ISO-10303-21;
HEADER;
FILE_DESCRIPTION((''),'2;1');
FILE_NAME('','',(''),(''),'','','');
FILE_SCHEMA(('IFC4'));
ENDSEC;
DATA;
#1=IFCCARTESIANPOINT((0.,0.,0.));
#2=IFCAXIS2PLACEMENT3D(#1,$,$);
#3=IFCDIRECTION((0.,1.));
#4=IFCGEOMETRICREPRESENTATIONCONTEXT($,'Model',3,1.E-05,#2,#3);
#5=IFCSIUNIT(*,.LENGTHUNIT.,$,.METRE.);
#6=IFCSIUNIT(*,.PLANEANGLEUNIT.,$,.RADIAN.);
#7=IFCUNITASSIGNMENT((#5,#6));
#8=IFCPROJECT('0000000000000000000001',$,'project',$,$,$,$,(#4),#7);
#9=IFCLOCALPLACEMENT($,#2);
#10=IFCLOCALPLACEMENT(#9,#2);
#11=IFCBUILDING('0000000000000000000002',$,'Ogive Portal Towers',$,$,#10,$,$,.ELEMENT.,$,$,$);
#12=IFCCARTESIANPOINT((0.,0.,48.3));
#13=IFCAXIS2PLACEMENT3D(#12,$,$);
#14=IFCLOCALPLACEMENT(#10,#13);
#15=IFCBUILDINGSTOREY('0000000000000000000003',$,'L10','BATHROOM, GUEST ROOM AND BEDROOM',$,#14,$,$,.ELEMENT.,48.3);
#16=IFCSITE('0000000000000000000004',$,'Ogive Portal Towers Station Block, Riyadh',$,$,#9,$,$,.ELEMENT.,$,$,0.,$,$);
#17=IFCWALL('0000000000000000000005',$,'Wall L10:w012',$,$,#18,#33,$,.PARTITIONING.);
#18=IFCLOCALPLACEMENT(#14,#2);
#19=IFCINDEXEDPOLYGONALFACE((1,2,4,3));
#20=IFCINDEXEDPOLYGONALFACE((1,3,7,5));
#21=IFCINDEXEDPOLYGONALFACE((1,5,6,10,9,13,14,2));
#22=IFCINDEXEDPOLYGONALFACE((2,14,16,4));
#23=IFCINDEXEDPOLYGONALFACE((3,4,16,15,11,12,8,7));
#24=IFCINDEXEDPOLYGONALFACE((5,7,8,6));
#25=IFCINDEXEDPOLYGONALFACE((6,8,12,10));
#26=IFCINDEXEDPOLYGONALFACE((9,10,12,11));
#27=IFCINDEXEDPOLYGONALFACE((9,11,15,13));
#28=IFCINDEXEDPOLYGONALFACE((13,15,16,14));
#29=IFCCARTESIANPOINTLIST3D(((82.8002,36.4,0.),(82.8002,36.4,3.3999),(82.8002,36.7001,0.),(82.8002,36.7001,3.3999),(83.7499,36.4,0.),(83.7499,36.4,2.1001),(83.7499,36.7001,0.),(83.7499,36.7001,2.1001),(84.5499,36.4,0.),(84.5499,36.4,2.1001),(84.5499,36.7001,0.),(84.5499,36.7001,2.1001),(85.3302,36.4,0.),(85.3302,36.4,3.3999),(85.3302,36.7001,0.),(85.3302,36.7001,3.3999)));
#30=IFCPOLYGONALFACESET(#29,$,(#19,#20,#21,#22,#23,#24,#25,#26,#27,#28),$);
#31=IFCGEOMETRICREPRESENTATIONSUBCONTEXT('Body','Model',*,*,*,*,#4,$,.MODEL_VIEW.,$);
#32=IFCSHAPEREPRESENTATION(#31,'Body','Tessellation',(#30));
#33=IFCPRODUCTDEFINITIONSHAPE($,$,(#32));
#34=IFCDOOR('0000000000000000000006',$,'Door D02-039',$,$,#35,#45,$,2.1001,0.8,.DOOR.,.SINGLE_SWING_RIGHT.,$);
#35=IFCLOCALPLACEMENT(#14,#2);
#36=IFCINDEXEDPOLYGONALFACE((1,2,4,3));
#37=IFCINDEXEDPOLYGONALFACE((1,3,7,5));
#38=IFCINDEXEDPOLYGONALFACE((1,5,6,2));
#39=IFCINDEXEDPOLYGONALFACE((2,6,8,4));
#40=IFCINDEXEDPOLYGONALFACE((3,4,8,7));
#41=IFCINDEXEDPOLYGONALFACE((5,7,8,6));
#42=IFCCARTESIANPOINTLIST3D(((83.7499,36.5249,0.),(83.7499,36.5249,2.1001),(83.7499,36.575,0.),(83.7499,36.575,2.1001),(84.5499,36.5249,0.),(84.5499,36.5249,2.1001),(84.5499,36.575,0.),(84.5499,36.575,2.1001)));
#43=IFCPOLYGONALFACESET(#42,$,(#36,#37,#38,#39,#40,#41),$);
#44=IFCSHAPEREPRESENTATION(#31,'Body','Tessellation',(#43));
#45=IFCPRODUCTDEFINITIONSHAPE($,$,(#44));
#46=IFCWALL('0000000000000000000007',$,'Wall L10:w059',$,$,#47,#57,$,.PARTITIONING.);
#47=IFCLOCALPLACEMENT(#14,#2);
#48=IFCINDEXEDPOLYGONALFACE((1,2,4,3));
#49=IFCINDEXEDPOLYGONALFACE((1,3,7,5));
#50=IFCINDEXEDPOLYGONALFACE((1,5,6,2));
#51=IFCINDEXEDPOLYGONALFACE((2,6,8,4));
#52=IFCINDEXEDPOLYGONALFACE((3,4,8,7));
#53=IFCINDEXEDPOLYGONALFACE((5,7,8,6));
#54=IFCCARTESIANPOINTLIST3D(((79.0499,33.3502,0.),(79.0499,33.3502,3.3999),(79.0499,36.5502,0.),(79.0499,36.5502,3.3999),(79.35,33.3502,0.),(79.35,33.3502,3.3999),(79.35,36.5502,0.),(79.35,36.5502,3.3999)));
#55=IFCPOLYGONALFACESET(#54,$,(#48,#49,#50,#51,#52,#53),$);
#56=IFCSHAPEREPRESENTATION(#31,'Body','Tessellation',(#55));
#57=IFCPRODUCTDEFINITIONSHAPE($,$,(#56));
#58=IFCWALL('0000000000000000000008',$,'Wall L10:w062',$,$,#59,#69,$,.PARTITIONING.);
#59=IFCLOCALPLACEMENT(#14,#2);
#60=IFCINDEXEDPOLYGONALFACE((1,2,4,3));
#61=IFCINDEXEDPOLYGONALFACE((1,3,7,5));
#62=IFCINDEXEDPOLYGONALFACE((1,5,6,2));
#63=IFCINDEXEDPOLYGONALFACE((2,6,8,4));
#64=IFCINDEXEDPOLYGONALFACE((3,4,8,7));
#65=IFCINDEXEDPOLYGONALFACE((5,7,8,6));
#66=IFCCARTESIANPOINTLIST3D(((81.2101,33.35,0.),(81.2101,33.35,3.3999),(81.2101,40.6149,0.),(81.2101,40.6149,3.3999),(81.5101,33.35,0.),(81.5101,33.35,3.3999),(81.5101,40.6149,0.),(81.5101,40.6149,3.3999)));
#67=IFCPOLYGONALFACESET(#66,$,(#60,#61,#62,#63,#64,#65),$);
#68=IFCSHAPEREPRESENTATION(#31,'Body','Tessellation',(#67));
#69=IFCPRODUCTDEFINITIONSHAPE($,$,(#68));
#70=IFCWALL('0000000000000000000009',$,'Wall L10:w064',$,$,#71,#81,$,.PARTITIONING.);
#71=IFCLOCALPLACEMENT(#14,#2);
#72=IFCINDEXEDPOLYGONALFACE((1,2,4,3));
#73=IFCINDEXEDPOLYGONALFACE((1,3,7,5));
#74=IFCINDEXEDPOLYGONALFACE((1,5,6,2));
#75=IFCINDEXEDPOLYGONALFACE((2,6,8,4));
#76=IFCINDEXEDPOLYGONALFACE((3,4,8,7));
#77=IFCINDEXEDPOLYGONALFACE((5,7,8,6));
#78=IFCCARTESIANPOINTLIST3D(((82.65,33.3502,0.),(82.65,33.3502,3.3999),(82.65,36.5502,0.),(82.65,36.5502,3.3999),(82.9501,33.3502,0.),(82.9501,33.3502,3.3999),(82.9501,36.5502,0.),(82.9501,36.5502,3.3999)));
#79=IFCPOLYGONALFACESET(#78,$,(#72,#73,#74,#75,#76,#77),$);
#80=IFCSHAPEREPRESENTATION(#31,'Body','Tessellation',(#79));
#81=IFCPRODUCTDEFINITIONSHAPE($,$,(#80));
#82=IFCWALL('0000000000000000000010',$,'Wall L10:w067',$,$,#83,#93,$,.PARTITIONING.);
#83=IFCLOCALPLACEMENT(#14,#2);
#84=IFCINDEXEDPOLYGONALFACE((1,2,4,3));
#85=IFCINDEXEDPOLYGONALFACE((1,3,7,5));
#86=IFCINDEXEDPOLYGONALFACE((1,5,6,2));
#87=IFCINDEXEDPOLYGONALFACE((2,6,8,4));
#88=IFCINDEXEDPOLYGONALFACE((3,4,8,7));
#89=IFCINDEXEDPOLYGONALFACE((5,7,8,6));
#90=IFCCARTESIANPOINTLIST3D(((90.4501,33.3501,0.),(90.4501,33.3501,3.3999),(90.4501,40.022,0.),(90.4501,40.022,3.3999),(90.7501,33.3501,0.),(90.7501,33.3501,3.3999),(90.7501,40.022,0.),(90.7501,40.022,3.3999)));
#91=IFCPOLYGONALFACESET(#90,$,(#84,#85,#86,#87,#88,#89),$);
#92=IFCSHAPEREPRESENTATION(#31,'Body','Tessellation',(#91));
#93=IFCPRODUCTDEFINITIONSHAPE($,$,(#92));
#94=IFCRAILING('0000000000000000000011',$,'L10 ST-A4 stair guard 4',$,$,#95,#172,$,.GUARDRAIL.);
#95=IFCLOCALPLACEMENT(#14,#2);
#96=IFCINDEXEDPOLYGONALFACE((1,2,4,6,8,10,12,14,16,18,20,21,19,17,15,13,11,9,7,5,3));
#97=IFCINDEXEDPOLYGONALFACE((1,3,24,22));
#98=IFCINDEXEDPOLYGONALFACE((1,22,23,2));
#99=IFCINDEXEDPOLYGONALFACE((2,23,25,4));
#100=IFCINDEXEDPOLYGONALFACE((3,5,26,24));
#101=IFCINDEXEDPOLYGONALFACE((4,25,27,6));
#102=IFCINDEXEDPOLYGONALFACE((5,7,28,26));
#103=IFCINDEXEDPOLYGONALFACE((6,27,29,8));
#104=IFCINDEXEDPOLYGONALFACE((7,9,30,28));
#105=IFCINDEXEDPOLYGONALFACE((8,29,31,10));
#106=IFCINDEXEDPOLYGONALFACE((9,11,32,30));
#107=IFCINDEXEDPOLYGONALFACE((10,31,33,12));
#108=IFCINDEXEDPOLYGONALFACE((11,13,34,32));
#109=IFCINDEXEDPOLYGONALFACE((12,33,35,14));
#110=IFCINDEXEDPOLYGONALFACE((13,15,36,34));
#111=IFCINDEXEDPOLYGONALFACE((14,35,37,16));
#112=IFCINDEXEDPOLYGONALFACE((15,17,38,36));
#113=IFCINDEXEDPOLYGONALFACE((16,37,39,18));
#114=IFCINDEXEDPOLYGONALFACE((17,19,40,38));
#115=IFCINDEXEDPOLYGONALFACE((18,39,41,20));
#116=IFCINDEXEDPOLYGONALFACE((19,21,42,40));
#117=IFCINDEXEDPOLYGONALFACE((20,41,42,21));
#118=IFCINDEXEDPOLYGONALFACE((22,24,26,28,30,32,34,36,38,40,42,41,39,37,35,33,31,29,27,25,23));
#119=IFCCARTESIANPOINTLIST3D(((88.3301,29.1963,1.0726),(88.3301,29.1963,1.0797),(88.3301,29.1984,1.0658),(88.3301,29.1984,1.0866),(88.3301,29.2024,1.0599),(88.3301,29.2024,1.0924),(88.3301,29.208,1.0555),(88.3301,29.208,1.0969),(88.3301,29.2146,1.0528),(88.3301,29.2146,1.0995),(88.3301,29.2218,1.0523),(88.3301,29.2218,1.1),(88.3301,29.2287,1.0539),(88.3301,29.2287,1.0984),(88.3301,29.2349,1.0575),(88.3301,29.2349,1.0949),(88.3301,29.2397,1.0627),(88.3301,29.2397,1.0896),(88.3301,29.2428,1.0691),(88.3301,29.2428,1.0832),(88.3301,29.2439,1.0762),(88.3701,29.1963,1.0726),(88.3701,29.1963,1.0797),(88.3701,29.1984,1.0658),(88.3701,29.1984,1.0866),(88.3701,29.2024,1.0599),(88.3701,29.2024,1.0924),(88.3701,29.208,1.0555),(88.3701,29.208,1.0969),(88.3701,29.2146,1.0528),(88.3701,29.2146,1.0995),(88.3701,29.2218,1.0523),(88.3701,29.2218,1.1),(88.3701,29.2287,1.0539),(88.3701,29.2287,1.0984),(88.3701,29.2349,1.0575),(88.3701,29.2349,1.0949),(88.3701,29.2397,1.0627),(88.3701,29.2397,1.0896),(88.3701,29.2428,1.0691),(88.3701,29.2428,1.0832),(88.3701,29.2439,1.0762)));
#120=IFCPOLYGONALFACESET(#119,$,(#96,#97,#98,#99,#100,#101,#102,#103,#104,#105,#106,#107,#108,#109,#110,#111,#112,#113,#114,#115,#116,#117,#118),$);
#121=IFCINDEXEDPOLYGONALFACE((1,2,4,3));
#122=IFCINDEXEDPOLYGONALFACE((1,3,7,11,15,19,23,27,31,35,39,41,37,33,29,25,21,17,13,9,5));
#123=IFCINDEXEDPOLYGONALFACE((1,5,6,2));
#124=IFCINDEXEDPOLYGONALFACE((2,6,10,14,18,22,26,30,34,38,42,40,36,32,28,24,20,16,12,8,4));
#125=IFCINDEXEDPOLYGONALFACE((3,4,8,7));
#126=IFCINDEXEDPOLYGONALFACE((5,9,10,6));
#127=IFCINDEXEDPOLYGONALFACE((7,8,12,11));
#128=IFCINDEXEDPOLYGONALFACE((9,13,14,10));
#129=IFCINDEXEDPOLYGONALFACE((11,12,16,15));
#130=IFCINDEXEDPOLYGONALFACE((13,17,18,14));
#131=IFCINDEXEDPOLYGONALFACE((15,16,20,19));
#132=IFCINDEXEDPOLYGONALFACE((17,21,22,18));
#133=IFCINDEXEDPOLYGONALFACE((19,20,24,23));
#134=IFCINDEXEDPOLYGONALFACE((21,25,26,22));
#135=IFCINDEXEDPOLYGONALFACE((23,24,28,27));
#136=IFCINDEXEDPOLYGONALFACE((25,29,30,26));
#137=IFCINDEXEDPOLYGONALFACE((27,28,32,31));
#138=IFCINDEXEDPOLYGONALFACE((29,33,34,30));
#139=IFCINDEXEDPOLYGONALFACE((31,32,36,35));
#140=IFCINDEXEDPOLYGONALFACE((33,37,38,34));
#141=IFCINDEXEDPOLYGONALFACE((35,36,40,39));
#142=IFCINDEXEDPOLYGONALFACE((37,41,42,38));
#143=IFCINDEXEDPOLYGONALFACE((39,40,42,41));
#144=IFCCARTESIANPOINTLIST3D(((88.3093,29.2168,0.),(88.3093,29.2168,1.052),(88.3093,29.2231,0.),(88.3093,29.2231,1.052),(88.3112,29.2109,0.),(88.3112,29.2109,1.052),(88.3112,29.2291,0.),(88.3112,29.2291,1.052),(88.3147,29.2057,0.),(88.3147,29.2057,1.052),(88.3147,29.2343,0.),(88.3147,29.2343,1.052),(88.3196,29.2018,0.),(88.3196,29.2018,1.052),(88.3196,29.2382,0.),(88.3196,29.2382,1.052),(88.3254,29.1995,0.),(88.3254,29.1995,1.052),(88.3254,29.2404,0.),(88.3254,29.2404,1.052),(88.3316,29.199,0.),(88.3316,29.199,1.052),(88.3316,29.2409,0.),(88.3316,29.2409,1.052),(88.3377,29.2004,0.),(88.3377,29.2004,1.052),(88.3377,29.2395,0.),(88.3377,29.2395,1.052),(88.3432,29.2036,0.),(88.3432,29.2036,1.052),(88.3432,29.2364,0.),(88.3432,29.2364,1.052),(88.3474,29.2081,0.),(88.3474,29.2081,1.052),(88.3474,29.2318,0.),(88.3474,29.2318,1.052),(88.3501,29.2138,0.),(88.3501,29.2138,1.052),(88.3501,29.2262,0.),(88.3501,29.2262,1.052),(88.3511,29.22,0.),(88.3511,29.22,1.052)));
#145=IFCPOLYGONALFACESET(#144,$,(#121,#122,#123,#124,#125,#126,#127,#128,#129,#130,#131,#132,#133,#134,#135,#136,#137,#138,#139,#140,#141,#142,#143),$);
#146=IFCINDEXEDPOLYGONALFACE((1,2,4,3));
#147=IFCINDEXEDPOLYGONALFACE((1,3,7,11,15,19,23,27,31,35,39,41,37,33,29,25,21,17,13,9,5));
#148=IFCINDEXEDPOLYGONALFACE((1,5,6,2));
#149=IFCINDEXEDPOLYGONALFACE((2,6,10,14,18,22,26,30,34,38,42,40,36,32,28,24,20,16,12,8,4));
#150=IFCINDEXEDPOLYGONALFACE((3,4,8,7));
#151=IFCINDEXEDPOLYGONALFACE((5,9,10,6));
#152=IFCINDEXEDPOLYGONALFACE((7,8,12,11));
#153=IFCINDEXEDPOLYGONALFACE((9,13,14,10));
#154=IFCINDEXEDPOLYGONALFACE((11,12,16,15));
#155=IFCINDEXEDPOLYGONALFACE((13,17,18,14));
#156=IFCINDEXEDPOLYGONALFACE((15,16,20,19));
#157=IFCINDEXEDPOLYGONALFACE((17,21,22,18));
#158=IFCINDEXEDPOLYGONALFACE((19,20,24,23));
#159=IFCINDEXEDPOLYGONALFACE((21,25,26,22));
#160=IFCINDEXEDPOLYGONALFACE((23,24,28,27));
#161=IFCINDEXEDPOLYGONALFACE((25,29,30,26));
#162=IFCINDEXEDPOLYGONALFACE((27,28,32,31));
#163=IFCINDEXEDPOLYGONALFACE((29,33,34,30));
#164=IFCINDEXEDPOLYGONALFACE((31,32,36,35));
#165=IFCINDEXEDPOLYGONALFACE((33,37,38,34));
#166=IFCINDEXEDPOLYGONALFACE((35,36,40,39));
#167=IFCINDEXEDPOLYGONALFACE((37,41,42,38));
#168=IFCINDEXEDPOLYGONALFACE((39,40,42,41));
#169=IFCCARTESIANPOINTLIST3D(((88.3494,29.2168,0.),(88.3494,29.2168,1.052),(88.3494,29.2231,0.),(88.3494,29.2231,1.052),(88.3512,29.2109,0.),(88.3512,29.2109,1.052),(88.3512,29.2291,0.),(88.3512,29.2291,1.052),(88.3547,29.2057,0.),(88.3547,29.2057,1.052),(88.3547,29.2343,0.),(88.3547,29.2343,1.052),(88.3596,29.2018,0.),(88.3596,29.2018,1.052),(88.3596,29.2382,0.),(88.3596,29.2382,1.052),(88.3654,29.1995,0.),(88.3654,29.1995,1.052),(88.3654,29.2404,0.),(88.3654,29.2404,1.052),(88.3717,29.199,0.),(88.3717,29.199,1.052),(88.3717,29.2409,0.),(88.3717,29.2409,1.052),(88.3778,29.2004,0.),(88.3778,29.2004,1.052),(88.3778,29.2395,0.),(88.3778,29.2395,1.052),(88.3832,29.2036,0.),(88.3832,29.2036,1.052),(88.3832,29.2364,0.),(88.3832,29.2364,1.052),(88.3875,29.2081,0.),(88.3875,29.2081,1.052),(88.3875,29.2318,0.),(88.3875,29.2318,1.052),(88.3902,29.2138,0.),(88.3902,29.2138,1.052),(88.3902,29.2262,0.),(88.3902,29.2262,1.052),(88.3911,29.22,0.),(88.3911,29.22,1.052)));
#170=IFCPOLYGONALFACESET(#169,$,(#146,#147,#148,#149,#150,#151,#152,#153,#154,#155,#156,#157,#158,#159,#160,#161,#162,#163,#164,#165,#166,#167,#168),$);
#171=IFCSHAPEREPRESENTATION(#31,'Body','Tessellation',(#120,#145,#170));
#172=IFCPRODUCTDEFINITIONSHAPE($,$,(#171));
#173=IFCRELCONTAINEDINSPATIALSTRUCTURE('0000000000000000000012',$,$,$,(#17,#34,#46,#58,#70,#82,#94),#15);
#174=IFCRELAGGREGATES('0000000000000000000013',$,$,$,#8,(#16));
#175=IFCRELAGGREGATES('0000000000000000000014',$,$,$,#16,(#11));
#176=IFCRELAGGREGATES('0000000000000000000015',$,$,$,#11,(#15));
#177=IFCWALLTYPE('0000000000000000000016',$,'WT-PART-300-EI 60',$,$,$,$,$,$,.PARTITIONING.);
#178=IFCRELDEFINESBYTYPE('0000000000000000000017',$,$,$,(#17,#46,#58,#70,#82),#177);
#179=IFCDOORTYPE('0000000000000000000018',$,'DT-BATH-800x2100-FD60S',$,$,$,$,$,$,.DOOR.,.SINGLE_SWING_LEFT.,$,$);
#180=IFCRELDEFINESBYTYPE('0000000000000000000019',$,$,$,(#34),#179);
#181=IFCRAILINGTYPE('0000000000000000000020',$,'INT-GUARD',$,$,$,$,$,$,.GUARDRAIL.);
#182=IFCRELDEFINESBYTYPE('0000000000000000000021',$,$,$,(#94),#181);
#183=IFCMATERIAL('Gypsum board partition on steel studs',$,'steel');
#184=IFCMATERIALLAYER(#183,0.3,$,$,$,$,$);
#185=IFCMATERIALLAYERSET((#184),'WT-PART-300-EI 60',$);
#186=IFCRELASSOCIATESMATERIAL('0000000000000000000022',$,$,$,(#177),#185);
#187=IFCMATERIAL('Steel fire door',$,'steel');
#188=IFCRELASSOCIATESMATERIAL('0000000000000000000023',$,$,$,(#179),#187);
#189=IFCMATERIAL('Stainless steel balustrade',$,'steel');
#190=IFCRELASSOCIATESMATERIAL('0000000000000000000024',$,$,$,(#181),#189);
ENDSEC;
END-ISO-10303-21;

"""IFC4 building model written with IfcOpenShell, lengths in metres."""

from ifc_helpers import new_model, si_unit, direction, frame, frame_2d, origin, origin_2d, place, context, subcontext, project, spatial, rectangle, circle, extrude, material, layer, layer_set, type_object, element, fill, save


model = new_model("IFC4")

# Units and contexts
model_context = context("Model", 3, precision=1e-05, world=origin(), true_north=direction((0.0, 1.0)))
body_context = subcontext(model_context, "Body", "Model", "MODEL_VIEW")
ifc_project = project(units=[si_unit("LENGTHUNIT", "METRE"), si_unit("PLANEANGLEUNIT", "RADIAN")], contexts=[model_context])

# Site, building, storey
site_placement = place(None, origin())
site = spatial("IfcSite", under=ifc_project, at=site_placement, Name="Ogive Portal Towers Station Block, Riyadh", CompositionType="ELEMENT", RefElevation=0.0)
building_placement = place(site_placement, origin())
building = spatial("IfcBuilding", under=site, at=building_placement, Name="Ogive Portal Towers", CompositionType="ELEMENT")
storey_placement = place(building_placement, frame((0.0, 0.0, 48.3)))
storey = spatial("IfcBuildingStorey", under=building, at=storey_placement, Name="L10", Description="BATHROOM, GUEST ROOM AND BEDROOM", CompositionType="ELEMENT", Elevation=48.3)

# Shared definitions
ifc_material_1 = material(Name="Steel fire door", Category="steel")
ifc_material_2 = material(Name="Gypsum board partition on steel studs", Category="steel")

# Wall, opening, door
ifc_layer_1 = layer(ifc_material_2, 0.3)
ifc_layer_set_1 = layer_set([ifc_layer_1], Name="WT-PART-300-EI 60")
wall_type_1 = type_object("IfcWallType", Name="WT-PART-300-EI 60", PredefinedType="PARTITIONING", material=ifc_layer_set_1)
wall_1_placement = place(storey_placement, frame((82.8, 36.55, 0.0), z_axis=(0.0, 0.0, 1.0), x_axis=(1.0, 0.0, 0.0)))
wall_1 = element("IfcWall", 1, at=wall_1_placement, inside=storey, type_object=wall_type_1, Name="Wall L10:w012", PredefinedType="PARTITIONING", context=body_context, shape_type="SweptSolid", body=[
    extrude(rectangle(XDim=2.53, YDim=0.3, at=frame_2d((1.2651, 0.0))), origin(), (0.0, 0.0, 1.0), 3.3999),
])
opening_1_placement = place(wall_1_placement, frame((0.95, 0.0, 0.0)))
opening_1 = element("IfcOpeningElement", 2, at=opening_1_placement, cuts=wall_1, PredefinedType="OPENING", context=body_context, shape_type="SweptSolid", body=[
    extrude(rectangle(XDim=0.8, YDim=2.1001, at=frame_2d((0.3999, 1.05))), frame((0.0, 0.1602, 0.0), z_axis=(0.0, -1.0, 0.0), x_axis=(1.0, 0.0, 0.0)), (0.0, 0.0, 1.0), 0.3201),
])
door_type_1 = type_object("IfcDoorType", Name="DT-BATH-800x2100-FD60S", OperationType="SINGLE_SWING_LEFT", PredefinedType="DOOR", material=ifc_material_1)
door_1_placement = place(opening_1_placement, origin())
door_1 = element("IfcDoor", 3, at=door_1_placement, inside=storey, type_object=door_type_1, Name="Door D02-039", OperationType="SINGLE_SWING_RIGHT", OverallHeight=2.1001, OverallWidth=0.8, PredefinedType="DOOR", context=body_context, shape_type="SweptSolid", body=[
    extrude(rectangle(XDim=0.8, YDim=2.1001, at=frame_2d((0.3999, 1.05))), frame((0.0, 0.0249, 0.0), z_axis=(0.0, -1.0, 0.0), x_axis=(1.0, 0.0, 0.0)), (0.0, 0.0, 1.0), 0.05),
])
fill(opening_1, door_1)

# Walls
wall_2_placement = place(storey_placement, frame((79.2, 33.3501, 0.0), z_axis=(0.0, 0.0, 1.0), x_axis=(0.0, 1.0, 0.0)))
element("IfcWall", 4, at=wall_2_placement, inside=storey, type_object=wall_type_1, Name="Wall L10:w059", PredefinedType="PARTITIONING", context=body_context, shape_type="SweptSolid", body=[
    extrude(rectangle(XDim=3.2, YDim=0.3, at=frame_2d((1.6001, 0.0))), origin(), (0.0, 0.0, 1.0), 3.3999),
])
wall_3_placement = place(storey_placement, frame((81.3601, 33.3501, 0.0), z_axis=(0.0, 0.0, 1.0), x_axis=(0.0, 1.0, 0.0)))
element("IfcWall", 5, at=wall_3_placement, inside=storey, type_object=wall_type_1, Name="Wall L10:w062", PredefinedType="PARTITIONING", context=body_context, shape_type="SweptSolid", body=[
    extrude(rectangle(XDim=7.2649, YDim=0.3, at=frame_2d((3.6323, 0.0))), origin(), (0.0, 0.0, 1.0), 3.3999),
])
wall_4_placement = place(storey_placement, frame((82.8, 33.3501, 0.0), z_axis=(0.0, 0.0, 1.0), x_axis=(0.0, 1.0, 0.0)))
element("IfcWall", 6, at=wall_4_placement, inside=storey, type_object=wall_type_1, Name="Wall L10:w064", PredefinedType="PARTITIONING", context=body_context, shape_type="SweptSolid", body=[
    extrude(rectangle(XDim=3.2, YDim=0.3, at=frame_2d((1.6001, 0.0))), origin(), (0.0, 0.0, 1.0), 3.3999),
])
wall_5_placement = place(storey_placement, frame((90.6001, 33.3501, 0.0), z_axis=(0.0, 0.0, 1.0), x_axis=(0.0, 1.0, 0.0)))
element("IfcWall", 7, at=wall_5_placement, inside=storey, type_object=wall_type_1, Name="Wall L10:w067", PredefinedType="PARTITIONING", context=body_context, shape_type="SweptSolid", body=[
    extrude(rectangle(XDim=6.6719, YDim=0.3, at=frame_2d((3.3359, 0.0))), origin(), (0.0, 0.0, 1.0), 3.3999),
])

# Railing
ifc_material_3 = material(Name="Stainless steel balustrade", Category="steel")
railing_type = type_object("IfcRailingType", Name="INT-GUARD", PredefinedType="GUARDRAIL", material=ifc_material_3)
railing_placement = place(storey_placement, frame((88.3301, 29.22, 0.0)))
element("IfcRailing", 8, at=railing_placement, inside=storey, type_object=railing_type, Name="L10 ST-A4 stair guard 4", PredefinedType="GUARDRAIL", context=body_context, shape_type="SweptSolid", body=[
    extrude(circle(Radius=0.0239, at=origin_2d()), frame((0.0, 0.0, 1.0762), z_axis=(1.0, 0.0, 0.0), x_axis=(0.0, 1.0, 0.0)), (0.0, 0.0, 1.0), 0.04),
    extrude(circle(Radius=0.021, at=origin_2d()), origin(), (0.0, 0.0, 1.0), 1.052),
    extrude(circle(Radius=0.021, at=origin_2d()), frame((0.04, 0.0, 0.0)), (0.0, 0.0, 1.0), 1.052),
])

save(model, "model.ifc")
